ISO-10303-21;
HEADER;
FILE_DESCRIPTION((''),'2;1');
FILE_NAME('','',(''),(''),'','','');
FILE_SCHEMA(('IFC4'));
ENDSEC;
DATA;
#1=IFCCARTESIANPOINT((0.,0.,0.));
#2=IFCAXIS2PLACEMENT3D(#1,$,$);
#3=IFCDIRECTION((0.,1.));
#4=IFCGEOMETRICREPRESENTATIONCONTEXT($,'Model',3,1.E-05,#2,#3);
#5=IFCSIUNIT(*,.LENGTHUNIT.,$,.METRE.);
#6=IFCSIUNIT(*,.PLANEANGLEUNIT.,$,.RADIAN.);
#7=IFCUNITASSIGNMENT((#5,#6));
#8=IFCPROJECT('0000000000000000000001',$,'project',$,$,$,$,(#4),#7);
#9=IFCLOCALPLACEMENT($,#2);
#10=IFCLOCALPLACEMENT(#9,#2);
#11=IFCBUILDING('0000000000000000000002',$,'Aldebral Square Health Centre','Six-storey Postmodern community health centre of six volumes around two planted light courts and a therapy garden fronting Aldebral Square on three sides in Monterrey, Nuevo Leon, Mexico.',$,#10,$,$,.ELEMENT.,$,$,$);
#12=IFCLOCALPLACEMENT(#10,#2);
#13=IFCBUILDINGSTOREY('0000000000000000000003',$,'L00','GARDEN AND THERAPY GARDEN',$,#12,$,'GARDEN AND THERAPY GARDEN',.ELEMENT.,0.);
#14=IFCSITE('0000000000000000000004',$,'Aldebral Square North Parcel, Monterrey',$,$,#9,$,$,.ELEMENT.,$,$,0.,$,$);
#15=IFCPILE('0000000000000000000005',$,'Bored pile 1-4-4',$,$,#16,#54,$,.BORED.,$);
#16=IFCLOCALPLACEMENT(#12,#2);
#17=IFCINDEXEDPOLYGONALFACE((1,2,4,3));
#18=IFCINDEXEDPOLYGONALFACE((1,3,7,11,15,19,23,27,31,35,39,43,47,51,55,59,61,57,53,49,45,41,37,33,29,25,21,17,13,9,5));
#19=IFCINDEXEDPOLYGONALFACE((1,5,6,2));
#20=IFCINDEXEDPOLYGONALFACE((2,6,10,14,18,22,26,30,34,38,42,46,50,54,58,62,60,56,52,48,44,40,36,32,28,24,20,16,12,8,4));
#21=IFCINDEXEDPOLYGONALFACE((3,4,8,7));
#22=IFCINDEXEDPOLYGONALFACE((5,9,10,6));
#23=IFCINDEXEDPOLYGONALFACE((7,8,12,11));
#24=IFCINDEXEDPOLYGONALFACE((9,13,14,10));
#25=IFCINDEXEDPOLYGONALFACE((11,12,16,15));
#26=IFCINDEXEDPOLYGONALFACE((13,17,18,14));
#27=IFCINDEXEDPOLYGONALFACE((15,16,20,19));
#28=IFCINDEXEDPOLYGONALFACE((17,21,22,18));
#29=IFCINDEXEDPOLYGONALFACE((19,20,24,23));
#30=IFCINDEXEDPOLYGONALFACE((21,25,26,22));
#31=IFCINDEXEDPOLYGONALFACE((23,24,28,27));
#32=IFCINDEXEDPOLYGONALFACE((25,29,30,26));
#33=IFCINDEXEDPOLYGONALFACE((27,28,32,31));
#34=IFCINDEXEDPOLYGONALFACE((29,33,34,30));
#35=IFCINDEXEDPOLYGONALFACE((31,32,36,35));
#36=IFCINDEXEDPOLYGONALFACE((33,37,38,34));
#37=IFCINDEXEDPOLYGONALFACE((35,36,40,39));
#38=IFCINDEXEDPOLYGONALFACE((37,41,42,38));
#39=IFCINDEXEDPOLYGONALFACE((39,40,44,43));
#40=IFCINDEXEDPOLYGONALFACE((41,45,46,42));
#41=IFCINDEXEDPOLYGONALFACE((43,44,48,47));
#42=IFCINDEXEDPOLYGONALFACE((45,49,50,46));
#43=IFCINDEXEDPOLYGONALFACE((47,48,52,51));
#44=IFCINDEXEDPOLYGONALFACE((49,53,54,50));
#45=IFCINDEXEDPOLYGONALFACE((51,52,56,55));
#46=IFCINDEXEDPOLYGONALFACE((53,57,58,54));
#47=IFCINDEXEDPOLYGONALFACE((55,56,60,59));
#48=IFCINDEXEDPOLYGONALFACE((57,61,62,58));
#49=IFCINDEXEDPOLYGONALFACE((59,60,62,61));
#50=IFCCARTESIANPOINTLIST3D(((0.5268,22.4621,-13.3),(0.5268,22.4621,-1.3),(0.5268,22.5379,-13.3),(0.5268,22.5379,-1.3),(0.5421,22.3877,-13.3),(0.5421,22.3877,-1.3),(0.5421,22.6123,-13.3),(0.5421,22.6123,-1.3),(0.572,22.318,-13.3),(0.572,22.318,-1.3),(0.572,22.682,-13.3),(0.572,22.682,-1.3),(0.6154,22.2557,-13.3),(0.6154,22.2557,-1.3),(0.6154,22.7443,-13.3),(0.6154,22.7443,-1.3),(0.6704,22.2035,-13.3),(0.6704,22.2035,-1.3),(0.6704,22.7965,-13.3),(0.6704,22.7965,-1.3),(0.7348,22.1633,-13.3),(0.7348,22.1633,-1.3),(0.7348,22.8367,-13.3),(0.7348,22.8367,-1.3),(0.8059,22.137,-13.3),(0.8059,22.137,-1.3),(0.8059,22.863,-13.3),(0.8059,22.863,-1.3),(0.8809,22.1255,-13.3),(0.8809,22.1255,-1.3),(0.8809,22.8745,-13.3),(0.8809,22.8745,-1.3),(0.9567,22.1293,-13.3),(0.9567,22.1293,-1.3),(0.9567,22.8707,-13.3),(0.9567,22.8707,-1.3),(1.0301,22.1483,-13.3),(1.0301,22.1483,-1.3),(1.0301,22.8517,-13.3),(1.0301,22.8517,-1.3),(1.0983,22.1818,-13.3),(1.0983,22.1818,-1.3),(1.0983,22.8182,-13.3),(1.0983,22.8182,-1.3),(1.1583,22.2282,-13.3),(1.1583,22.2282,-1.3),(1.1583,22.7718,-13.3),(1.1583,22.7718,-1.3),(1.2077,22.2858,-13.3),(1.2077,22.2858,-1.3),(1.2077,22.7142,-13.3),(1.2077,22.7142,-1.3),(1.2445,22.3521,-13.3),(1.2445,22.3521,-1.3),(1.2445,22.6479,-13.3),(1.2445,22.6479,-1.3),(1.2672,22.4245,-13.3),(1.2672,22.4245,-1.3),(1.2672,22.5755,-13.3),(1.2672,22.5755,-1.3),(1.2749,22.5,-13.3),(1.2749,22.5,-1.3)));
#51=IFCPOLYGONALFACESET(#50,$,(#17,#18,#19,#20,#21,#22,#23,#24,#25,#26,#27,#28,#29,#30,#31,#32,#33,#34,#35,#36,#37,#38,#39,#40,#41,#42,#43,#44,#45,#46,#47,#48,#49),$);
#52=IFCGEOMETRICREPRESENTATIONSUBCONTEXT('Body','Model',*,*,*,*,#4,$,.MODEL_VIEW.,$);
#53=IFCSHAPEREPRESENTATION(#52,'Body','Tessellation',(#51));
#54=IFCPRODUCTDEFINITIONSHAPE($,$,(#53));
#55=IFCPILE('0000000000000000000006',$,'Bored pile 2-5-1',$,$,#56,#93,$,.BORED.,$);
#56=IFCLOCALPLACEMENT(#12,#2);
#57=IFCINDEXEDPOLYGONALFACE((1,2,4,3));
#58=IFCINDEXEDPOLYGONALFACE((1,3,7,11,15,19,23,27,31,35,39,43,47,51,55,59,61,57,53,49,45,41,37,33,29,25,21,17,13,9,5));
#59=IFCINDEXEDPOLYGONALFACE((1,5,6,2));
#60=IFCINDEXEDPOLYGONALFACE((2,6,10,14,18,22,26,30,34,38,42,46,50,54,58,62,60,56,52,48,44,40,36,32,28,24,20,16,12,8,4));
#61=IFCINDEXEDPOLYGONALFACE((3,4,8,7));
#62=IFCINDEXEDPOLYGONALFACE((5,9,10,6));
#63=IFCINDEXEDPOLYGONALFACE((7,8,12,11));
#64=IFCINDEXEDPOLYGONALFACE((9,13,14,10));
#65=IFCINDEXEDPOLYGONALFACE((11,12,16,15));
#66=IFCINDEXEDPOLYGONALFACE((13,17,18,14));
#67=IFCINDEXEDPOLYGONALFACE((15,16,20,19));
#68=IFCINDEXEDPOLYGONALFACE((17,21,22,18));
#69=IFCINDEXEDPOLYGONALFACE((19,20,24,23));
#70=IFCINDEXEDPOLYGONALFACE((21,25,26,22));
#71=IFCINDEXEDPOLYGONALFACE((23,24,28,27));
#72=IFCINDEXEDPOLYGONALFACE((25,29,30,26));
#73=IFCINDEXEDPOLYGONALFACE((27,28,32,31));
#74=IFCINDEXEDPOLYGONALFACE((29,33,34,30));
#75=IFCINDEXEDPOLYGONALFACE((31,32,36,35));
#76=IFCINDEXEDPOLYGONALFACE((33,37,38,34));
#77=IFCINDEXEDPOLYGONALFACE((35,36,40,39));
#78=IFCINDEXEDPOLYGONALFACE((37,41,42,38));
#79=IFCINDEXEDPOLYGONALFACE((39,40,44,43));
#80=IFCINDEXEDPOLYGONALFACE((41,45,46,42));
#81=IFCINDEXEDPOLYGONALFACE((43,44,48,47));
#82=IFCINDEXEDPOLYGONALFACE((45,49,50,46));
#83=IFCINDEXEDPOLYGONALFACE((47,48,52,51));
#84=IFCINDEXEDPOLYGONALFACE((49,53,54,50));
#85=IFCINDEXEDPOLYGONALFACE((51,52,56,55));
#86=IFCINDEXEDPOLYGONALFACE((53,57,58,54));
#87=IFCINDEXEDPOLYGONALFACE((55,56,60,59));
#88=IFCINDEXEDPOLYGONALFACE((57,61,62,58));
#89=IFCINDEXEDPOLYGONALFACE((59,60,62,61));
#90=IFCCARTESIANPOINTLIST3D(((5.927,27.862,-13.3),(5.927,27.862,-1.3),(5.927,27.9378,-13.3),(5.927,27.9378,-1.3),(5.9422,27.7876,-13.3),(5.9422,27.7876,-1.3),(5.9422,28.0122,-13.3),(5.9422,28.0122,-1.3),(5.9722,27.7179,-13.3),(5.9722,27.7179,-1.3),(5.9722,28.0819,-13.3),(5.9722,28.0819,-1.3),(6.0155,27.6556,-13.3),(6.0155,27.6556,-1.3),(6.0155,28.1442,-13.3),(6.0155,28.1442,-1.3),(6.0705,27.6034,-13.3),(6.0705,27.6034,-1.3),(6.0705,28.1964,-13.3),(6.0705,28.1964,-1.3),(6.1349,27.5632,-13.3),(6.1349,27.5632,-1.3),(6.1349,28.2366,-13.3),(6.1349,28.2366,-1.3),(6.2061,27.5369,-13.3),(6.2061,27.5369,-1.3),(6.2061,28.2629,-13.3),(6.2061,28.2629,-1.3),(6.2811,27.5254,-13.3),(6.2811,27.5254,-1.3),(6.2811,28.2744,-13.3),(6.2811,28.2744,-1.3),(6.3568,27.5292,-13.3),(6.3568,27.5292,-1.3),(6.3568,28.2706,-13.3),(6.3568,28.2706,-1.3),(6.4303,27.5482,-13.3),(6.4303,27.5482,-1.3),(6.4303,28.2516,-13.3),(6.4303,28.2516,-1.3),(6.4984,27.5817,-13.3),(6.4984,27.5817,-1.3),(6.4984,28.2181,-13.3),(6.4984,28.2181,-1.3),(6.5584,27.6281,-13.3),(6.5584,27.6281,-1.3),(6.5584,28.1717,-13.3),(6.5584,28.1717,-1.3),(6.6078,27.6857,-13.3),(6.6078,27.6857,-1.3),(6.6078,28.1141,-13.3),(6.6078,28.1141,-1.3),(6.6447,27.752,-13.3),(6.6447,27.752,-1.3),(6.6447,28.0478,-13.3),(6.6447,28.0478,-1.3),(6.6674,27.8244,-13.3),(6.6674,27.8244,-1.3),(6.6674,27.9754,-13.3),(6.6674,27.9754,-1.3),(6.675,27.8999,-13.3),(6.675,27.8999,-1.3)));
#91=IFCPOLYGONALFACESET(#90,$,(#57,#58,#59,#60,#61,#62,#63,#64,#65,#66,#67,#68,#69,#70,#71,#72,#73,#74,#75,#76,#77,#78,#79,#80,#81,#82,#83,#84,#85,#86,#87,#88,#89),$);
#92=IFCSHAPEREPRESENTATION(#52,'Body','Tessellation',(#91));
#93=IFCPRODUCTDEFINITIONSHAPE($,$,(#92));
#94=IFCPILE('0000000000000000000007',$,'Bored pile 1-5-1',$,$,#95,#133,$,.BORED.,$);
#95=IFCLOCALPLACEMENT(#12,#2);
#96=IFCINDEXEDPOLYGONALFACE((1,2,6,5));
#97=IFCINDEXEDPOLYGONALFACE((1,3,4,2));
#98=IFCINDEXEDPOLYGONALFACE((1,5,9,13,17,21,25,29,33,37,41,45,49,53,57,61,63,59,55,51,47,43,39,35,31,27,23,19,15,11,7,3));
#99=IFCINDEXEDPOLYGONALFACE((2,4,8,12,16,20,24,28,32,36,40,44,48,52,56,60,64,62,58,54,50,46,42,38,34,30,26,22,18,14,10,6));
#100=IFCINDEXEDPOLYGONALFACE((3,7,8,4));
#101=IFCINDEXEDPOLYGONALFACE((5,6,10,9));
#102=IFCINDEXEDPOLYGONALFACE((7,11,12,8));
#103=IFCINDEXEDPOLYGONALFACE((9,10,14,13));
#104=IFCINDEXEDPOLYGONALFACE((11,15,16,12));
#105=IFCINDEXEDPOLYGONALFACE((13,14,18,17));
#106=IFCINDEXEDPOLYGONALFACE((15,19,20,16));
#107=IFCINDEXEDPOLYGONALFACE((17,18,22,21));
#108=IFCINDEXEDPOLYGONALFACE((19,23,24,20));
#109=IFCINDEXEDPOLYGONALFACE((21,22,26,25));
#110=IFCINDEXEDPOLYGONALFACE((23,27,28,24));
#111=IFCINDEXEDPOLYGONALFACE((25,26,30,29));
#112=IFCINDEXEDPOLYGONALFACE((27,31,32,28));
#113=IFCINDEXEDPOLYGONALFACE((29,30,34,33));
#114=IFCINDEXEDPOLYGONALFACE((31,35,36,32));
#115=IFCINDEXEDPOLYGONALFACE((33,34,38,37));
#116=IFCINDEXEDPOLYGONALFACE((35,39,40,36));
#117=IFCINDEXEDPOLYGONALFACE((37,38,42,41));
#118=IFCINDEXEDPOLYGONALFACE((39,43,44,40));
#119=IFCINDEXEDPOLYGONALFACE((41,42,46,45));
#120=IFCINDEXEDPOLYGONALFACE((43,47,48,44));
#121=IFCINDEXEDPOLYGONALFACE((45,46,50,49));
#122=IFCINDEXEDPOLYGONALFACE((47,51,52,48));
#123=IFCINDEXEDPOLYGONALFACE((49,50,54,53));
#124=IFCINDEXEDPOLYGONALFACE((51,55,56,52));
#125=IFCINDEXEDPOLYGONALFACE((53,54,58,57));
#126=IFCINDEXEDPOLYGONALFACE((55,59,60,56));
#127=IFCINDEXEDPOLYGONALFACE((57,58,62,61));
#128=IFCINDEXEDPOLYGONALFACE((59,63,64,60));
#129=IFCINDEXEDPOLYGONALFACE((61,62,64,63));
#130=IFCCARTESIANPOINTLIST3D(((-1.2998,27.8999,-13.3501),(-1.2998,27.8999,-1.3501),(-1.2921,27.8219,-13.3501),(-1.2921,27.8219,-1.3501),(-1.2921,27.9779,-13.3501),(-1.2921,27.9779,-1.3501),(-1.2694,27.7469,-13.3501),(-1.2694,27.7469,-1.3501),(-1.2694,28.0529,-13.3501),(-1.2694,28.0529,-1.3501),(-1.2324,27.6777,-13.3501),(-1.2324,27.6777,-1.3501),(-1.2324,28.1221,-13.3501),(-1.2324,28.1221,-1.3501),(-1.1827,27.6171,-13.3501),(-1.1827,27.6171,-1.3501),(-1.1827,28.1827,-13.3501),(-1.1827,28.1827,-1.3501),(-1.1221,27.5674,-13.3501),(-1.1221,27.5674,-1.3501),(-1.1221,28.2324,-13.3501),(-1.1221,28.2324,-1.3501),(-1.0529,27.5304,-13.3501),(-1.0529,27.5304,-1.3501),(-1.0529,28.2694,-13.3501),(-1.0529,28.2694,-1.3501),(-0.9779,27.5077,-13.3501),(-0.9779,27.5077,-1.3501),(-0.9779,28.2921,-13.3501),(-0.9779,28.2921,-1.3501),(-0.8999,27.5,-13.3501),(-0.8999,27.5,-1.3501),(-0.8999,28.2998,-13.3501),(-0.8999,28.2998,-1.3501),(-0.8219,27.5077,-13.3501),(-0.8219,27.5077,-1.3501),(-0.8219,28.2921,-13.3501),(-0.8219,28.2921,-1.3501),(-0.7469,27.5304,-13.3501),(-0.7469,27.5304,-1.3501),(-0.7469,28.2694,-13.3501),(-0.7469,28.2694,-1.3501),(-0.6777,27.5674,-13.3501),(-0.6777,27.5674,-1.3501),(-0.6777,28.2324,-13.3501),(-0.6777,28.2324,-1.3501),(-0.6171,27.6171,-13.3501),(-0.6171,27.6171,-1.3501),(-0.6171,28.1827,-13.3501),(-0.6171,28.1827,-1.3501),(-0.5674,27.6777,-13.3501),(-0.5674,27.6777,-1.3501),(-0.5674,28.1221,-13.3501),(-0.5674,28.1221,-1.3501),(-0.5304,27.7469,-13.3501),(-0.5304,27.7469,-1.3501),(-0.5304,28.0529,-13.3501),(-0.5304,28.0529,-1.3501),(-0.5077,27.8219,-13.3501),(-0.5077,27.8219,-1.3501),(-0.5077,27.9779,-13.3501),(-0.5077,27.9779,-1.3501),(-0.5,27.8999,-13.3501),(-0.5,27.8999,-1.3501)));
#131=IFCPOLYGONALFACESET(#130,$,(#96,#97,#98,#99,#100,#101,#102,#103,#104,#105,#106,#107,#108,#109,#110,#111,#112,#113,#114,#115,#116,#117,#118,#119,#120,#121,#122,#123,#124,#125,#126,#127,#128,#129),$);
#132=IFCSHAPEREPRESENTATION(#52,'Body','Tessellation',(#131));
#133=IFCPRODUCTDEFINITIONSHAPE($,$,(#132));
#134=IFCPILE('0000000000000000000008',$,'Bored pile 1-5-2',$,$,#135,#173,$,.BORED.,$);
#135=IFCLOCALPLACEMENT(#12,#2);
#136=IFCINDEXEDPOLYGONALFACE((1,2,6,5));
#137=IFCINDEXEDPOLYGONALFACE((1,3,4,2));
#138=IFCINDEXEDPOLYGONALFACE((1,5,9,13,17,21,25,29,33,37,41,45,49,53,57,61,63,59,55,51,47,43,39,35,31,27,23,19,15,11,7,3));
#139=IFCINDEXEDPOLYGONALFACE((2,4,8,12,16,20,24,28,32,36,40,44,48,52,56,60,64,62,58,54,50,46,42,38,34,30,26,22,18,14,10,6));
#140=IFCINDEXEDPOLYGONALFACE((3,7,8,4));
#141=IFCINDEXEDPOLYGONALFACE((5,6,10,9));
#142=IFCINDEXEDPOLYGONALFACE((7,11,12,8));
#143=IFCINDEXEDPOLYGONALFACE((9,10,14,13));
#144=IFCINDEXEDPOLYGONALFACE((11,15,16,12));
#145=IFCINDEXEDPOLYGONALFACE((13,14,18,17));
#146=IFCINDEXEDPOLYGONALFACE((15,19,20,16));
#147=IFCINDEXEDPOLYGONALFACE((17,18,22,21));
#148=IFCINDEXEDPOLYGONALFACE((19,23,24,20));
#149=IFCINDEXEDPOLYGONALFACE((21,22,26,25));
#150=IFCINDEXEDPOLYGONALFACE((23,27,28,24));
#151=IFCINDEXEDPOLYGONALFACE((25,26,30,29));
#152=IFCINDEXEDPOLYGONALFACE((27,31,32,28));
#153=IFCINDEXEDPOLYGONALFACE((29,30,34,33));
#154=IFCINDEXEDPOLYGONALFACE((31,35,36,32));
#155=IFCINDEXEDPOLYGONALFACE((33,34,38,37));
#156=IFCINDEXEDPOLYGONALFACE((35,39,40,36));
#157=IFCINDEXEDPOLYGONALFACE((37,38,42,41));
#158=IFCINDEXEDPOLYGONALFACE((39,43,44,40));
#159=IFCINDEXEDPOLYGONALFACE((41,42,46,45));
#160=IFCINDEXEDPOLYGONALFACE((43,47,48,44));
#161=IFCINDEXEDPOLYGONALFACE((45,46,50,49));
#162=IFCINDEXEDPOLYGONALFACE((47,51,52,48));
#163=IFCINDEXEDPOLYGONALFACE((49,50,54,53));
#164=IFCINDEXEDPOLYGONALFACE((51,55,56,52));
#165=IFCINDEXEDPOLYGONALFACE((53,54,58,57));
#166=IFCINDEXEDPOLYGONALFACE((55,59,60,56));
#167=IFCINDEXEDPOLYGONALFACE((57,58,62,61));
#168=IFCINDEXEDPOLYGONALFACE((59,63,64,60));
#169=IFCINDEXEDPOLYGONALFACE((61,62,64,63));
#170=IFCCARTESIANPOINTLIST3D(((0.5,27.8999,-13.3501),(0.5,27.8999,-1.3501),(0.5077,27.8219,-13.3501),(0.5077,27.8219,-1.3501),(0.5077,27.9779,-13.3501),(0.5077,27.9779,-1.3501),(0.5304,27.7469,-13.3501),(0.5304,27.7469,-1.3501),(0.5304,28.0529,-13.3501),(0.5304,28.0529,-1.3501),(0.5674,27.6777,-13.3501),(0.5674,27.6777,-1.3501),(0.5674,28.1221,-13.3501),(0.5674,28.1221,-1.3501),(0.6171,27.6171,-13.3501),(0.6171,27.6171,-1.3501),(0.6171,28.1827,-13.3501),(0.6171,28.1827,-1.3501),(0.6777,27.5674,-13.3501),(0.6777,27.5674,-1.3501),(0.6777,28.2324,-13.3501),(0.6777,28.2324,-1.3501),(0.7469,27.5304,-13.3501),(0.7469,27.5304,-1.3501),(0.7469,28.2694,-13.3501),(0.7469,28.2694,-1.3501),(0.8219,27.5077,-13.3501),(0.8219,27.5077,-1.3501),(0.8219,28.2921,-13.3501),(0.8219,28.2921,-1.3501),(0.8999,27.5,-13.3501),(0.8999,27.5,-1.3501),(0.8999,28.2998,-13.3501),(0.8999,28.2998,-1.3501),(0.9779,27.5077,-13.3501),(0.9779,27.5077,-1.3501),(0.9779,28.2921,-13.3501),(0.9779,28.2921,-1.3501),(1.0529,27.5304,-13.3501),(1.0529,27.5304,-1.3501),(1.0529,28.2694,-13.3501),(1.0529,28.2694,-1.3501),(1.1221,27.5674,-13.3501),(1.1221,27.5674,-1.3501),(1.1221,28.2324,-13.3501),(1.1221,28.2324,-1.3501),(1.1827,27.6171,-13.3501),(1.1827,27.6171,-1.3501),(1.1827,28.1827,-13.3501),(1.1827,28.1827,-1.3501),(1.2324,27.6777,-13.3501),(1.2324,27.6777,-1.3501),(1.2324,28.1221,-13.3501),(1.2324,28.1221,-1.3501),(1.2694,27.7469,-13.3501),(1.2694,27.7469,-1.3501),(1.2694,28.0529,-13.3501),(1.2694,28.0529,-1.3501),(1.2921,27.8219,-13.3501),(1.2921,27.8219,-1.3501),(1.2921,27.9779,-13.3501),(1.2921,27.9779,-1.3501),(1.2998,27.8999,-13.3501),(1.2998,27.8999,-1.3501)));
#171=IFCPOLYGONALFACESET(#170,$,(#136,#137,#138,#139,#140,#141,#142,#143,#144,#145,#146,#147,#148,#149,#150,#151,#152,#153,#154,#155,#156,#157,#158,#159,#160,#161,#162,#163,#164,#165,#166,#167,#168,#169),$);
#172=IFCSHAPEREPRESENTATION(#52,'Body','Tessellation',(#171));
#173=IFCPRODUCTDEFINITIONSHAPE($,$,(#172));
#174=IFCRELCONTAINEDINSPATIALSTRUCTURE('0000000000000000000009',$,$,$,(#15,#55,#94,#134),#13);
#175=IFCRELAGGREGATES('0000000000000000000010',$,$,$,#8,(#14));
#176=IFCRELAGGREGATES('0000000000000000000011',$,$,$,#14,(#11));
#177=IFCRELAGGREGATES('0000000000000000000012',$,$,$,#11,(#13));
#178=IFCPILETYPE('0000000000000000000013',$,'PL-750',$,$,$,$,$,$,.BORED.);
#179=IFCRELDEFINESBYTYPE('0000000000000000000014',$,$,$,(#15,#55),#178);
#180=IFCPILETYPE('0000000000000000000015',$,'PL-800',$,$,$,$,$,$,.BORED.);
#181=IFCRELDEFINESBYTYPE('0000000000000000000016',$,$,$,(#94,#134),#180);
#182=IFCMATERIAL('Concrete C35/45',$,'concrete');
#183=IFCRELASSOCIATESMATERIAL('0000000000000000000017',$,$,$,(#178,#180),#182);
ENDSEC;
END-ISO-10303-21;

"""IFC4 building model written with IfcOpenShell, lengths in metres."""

from ifc_helpers import new_model, si_unit, direction, frame, origin, origin_2d, place, context, subcontext, project, spatial, circle, extrude, material, material_profile, profile_set, type_object, element, save


model = new_model("IFC4")

# Units and contexts
model_context = context("Model", 3, precision=1e-05, world=origin(), true_north=direction((0.0, 1.0)))
body_context = subcontext(model_context, "Body", "Model", "MODEL_VIEW")
ifc_project = project(units=[si_unit("LENGTHUNIT", "METRE"), si_unit("PLANEANGLEUNIT", "RADIAN")], contexts=[model_context])

# Site, building, storey
site_placement = place(None, origin())
site = spatial("IfcSite", under=ifc_project, at=site_placement, Name="Aldebral Square North Parcel, Monterrey", CompositionType="ELEMENT", RefElevation=0.0)
building_placement = place(site_placement, origin())
building = spatial("IfcBuilding", under=site, at=building_placement, Name="Aldebral Square Health Centre", Description="Six-storey Postmodern community health centre of six volumes around two planted light courts and a therapy garden fronting Aldebral Square on three sides in Monterrey, Nuevo Leon, Mexico.", CompositionType="ELEMENT")
storey_placement = place(building_placement, origin())
storey = spatial("IfcBuildingStorey", under=building, at=storey_placement, Name="L00", Description="GARDEN AND THERAPY GARDEN", LongName="GARDEN AND THERAPY GARDEN", CompositionType="ELEMENT", Elevation=0.0)

# Shared definitions
ifc_material_1 = material(Name="Concrete C35/45", Category="concrete")

# Piles
ifc_material_profile_1 = material_profile(ifc_material_1, circle(Radius=0.375, at=origin_2d()), Name="PILE D750")
ifc_profile_set_1 = profile_set([ifc_material_profile_1], Name="Concrete C35/45")
pile_type_1 = type_object("IfcPileType", Name="PL-750", PredefinedType="BORED", material=ifc_profile_set_1)
for number, where, z_axis, x_axis, name in (
    (1, (0.8999, 22.5, -1.3), (0.0, 0.0, -1.0), (1.0, 0.0, 0.0), "Bored pile 1-4-4"),
    (2, (6.3, 27.8999, -1.3), (0.0, 0.0, -1.0), (1.0, 0.0, 0.0), "Bored pile 2-5-1"),
):
    element("IfcPile", number, at=place(storey_placement, frame(where, z_axis=z_axis, x_axis=x_axis)), inside=storey, type_object=pile_type_1, Name=name, PredefinedType="BORED", context=body_context, shape_type="SweptSolid", body=[
        extrude(circle(Radius=0.375, at=origin_2d()), origin(), (0.0, 0.0, 1.0), 12.0),
    ])
ifc_material_profile_2 = material_profile(ifc_material_1, circle(Radius=0.3999, at=origin_2d()), Name="PILE D800")
ifc_profile_set_2 = profile_set([ifc_material_profile_2], Name="Concrete C35/45")
pile_type_2 = type_object("IfcPileType", Name="PL-800", PredefinedType="BORED", material=ifc_profile_set_2)
for number, where, z_axis, x_axis, name in (
    (3, (-0.8999, 27.8999, -1.3501), (0.0, 0.0, -1.0), (1.0, 0.0, 0.0), "Bored pile 1-5-1"),
    (4, (0.8999, 27.8999, -1.3501), (0.0, 0.0, -1.0), (1.0, 0.0, 0.0), "Bored pile 1-5-2"),
):
    element("IfcPile", number, at=place(storey_placement, frame(where, z_axis=z_axis, x_axis=x_axis)), inside=storey, type_object=pile_type_2, Name=name, PredefinedType="BORED", context=body_context, shape_type="SweptSolid", body=[
        extrude(circle(Radius=0.3999, at=origin_2d()), origin(), (0.0, 0.0, 1.0), 12.0),
    ])

save(model, "model.ifc")
